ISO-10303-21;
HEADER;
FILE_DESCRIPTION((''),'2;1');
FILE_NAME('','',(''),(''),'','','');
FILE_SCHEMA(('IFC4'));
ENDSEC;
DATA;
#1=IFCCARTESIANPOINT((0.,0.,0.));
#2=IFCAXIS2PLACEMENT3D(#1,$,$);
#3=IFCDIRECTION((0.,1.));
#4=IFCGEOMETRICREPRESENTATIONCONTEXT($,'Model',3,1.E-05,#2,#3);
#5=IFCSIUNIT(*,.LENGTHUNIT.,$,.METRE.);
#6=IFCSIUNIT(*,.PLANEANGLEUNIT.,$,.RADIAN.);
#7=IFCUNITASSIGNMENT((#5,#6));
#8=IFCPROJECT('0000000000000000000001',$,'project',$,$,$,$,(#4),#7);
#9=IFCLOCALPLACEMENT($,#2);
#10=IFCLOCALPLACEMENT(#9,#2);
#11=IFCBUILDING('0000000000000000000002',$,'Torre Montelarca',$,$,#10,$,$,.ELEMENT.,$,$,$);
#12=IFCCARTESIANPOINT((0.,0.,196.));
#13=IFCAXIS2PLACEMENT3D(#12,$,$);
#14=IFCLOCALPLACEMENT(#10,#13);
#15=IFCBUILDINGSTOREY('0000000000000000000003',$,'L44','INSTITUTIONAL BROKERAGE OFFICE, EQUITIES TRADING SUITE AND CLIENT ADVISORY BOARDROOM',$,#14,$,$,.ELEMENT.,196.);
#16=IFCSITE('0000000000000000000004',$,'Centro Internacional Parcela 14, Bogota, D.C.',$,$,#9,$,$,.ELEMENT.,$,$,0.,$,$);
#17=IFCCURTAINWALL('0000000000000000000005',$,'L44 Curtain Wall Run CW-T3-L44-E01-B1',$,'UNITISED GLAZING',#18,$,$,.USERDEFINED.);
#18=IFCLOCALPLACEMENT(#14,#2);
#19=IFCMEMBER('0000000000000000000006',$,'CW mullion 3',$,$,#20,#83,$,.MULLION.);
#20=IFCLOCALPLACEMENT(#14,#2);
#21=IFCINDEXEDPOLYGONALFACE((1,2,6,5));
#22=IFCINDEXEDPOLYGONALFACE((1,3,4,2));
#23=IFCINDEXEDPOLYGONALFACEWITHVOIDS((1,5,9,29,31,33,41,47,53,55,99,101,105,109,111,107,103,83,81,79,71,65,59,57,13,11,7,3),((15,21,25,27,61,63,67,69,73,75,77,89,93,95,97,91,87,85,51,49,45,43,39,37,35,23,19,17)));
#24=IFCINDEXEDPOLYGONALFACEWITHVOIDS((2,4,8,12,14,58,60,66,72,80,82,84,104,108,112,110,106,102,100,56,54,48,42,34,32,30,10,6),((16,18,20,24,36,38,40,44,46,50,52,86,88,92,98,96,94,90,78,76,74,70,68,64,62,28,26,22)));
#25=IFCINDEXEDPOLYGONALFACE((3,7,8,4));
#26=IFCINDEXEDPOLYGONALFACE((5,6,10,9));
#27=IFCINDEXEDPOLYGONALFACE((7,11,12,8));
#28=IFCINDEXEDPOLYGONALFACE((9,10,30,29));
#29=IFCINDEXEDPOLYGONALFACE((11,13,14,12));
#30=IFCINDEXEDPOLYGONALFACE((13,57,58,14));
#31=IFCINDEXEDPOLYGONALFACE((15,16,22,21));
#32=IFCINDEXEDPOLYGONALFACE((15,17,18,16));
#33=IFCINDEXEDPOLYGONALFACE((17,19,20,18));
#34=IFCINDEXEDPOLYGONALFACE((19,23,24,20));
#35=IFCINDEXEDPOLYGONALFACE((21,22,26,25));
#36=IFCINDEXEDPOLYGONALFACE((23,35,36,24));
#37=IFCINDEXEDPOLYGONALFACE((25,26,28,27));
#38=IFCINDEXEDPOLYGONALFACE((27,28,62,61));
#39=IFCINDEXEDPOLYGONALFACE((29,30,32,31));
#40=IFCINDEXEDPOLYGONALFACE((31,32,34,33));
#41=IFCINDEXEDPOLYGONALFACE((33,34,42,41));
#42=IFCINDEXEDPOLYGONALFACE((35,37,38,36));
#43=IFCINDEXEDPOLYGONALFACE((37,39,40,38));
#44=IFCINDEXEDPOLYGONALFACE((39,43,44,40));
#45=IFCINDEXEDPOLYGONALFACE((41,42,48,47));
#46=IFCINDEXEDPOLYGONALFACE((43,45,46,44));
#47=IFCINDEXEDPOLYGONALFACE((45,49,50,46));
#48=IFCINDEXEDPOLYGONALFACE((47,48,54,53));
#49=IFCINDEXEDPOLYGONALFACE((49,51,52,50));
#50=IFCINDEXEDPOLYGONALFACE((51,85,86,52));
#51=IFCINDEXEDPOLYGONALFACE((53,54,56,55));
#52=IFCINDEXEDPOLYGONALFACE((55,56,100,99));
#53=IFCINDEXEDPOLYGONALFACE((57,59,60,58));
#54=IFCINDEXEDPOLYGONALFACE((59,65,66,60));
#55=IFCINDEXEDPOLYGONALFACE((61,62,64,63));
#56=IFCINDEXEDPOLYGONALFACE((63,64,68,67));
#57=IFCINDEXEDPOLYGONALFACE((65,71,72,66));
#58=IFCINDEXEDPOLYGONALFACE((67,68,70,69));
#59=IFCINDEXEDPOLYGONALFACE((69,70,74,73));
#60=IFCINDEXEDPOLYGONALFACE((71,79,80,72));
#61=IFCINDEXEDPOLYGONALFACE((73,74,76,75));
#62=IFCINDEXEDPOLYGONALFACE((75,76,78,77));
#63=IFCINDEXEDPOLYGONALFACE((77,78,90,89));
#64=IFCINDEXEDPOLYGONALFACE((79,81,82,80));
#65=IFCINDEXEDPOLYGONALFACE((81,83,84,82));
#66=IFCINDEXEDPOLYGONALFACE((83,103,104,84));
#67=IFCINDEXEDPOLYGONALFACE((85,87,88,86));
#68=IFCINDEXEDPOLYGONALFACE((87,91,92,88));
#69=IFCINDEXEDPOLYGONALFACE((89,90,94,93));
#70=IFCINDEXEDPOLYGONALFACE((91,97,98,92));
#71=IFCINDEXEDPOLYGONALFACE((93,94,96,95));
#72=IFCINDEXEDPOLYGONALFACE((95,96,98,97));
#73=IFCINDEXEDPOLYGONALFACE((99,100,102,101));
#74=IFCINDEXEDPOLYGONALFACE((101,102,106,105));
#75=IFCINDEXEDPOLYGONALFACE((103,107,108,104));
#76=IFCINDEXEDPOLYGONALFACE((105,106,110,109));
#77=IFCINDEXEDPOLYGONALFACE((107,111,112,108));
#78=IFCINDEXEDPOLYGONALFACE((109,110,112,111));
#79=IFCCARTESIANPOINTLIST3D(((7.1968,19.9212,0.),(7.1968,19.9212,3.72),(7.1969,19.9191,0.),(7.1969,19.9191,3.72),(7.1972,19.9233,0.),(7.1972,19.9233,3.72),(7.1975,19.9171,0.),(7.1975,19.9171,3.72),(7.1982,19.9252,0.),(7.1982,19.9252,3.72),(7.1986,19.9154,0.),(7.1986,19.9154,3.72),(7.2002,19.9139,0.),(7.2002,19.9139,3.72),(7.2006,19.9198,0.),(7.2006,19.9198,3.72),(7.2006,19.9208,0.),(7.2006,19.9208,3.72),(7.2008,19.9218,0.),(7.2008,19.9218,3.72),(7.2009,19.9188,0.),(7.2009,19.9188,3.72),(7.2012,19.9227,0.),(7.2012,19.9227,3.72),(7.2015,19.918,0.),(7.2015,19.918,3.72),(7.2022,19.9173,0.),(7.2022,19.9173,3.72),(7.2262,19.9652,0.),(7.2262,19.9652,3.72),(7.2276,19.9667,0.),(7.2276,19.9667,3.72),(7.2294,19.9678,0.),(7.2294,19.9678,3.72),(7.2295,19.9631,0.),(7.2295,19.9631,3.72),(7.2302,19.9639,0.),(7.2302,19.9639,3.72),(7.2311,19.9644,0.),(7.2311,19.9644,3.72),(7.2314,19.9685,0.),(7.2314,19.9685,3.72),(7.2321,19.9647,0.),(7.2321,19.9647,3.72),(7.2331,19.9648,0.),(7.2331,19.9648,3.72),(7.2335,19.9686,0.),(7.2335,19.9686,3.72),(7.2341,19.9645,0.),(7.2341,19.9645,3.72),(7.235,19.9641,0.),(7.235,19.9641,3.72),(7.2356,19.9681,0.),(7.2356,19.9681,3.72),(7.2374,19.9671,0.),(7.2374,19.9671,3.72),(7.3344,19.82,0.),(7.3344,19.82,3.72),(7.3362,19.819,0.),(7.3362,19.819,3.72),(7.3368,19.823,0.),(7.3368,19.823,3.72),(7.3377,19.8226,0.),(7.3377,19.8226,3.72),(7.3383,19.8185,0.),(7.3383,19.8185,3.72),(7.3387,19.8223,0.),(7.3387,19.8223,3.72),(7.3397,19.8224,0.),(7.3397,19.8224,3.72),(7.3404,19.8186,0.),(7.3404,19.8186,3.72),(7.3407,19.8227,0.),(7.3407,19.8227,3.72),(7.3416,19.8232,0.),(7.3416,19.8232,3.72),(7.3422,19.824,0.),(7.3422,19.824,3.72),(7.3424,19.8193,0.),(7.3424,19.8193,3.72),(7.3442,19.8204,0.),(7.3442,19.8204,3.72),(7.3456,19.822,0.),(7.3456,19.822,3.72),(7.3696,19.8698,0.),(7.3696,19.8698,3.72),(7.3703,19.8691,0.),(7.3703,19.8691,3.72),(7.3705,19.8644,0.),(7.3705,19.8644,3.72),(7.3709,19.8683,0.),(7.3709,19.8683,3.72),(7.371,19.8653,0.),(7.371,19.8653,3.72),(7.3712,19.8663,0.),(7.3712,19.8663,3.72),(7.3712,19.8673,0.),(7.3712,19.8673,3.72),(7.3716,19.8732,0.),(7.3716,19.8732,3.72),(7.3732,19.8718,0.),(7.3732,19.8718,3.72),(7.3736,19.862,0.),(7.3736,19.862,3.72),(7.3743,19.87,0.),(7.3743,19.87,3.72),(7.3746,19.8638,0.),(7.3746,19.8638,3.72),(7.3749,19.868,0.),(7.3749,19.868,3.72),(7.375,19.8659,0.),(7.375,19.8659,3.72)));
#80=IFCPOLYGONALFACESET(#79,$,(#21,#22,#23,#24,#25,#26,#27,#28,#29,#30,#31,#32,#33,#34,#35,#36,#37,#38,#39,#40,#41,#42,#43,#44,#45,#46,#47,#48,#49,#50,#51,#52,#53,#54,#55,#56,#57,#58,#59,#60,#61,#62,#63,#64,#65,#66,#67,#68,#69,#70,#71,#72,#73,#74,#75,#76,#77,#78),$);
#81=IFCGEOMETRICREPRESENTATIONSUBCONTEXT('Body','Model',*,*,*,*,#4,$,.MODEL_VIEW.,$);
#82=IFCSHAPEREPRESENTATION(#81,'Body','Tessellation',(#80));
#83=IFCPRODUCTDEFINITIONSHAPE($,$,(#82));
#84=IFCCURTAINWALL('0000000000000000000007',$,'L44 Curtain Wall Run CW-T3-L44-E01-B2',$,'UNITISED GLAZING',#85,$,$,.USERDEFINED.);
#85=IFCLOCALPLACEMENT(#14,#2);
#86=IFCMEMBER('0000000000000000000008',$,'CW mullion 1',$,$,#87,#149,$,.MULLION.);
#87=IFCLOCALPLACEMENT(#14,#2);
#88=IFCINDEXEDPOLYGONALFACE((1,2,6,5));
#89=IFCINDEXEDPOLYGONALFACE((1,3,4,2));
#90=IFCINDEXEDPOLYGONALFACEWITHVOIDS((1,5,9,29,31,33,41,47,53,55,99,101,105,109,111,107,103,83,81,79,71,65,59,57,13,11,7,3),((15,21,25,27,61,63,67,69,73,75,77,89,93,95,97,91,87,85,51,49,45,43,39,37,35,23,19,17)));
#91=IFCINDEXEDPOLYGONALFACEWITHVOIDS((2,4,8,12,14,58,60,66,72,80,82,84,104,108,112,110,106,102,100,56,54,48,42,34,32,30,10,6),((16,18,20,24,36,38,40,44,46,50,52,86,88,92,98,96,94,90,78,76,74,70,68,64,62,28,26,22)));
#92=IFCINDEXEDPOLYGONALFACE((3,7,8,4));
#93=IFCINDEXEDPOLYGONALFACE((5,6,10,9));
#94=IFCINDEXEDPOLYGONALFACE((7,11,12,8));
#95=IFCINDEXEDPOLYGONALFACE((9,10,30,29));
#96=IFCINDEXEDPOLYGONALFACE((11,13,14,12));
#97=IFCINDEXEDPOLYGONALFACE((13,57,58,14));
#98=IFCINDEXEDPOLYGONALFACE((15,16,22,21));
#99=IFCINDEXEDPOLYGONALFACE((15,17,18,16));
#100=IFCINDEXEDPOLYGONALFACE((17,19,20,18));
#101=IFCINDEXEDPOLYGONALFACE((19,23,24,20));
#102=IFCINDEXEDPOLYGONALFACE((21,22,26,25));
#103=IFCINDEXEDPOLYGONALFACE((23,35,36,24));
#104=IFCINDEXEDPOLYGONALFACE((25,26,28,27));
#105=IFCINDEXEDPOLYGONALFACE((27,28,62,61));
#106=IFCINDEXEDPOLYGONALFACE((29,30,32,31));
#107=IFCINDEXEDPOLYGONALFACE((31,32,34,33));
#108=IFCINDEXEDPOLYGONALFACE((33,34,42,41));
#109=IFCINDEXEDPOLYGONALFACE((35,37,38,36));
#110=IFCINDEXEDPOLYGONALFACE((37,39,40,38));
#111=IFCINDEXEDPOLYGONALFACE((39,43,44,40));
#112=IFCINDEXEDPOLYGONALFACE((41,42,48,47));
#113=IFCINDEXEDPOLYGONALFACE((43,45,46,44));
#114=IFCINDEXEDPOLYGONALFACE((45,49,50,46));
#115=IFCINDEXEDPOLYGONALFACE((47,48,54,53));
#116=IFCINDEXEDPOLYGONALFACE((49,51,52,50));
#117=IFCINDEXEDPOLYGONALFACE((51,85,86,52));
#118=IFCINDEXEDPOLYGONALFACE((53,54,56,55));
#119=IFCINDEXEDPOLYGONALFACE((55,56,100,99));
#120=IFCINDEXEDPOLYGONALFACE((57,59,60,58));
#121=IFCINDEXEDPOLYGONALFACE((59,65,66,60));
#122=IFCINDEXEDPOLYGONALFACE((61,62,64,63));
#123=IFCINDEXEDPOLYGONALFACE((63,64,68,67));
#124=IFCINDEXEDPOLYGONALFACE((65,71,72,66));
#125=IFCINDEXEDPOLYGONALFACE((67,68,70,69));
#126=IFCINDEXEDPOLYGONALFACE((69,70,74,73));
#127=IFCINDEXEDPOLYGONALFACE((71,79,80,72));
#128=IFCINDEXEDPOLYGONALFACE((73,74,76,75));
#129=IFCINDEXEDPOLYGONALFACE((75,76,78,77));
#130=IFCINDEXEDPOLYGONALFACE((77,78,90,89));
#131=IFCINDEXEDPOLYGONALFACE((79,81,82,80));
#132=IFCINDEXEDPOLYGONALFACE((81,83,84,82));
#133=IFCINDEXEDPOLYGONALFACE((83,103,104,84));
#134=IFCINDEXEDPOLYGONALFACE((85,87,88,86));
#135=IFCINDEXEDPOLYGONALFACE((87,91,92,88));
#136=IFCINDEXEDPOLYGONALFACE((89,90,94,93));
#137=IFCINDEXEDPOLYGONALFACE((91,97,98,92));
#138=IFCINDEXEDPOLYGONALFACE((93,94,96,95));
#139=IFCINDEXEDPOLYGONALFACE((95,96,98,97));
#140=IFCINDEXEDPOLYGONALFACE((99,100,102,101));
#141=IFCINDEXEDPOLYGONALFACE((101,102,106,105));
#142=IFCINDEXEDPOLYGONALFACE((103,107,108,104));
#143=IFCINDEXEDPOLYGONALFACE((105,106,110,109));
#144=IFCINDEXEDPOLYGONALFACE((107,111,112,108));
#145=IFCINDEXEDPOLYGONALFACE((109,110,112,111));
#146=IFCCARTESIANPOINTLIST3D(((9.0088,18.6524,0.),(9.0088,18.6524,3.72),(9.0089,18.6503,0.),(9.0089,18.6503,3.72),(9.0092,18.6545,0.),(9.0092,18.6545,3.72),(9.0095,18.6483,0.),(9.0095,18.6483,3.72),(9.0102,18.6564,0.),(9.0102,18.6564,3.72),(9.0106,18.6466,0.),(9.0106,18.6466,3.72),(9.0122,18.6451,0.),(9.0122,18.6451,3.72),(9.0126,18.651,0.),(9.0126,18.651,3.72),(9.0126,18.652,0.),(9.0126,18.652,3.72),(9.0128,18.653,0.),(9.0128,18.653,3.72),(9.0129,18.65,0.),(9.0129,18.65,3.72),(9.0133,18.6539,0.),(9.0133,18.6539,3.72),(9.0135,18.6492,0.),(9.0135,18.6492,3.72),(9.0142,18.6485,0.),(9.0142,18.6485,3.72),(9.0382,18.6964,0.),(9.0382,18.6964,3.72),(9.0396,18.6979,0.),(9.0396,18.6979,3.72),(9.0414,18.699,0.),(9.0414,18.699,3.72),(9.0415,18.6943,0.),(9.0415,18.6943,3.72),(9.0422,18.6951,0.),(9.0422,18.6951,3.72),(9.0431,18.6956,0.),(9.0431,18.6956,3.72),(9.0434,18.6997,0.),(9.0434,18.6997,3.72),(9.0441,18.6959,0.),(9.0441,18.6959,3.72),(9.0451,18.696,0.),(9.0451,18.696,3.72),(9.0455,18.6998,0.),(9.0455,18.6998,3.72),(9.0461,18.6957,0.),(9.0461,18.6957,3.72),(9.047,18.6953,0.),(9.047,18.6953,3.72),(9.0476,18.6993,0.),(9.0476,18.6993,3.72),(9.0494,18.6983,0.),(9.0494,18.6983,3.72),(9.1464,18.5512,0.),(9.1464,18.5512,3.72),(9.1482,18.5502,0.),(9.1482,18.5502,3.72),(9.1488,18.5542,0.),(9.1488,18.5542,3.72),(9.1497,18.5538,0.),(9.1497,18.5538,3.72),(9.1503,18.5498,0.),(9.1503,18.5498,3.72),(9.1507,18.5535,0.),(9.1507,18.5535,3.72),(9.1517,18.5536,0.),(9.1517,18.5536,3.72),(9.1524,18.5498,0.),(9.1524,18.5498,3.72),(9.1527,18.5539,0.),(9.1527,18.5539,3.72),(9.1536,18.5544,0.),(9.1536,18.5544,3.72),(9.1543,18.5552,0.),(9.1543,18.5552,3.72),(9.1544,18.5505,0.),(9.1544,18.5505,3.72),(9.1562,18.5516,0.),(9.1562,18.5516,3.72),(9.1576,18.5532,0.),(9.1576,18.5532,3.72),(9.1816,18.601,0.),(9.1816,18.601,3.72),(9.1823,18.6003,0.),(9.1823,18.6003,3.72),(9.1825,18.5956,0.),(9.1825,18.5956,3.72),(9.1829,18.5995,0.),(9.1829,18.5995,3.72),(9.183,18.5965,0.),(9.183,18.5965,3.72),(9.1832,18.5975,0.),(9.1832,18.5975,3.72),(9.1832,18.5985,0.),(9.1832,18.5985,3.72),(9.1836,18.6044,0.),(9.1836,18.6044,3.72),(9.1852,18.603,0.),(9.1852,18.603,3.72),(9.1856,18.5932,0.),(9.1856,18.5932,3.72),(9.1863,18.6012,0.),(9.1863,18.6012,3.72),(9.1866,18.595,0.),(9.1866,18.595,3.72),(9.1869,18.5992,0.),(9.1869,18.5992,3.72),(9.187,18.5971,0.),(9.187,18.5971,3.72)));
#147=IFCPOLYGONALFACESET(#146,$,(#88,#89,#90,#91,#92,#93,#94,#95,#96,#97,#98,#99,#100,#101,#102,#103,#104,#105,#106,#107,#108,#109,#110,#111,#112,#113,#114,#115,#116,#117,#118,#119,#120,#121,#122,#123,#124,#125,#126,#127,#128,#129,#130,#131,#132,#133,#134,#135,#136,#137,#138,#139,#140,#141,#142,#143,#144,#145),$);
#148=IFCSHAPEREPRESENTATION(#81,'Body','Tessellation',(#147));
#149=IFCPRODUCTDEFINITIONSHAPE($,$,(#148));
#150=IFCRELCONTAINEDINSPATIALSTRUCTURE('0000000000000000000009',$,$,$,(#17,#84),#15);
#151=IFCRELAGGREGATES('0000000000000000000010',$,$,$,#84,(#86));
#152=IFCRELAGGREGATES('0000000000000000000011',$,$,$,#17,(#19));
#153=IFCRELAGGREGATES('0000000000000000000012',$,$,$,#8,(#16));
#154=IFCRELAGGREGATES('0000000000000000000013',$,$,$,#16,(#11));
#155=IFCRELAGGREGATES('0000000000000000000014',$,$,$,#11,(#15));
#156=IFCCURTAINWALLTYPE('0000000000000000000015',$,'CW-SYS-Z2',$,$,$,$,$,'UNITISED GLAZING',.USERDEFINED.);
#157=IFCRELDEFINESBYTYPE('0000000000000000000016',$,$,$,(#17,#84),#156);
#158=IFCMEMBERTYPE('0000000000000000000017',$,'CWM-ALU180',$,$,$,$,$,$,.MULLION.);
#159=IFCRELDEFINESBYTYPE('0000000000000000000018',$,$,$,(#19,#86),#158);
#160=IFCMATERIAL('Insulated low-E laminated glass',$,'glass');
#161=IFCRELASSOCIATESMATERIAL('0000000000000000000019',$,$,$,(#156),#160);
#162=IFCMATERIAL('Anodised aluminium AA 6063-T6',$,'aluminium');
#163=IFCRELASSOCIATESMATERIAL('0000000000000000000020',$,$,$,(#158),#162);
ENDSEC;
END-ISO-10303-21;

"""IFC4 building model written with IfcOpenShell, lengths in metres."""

from ifc_helpers import new_model, si_unit, direction, frame, origin, origin_2d, place, context, subcontext, project, spatial, hollow_rectangle, extrude, source, transform, mapped, material, material_profile, profile_set, type_object, element, aggregate, save


model = new_model("IFC4")

# Units and contexts
model_context = context("Model", 3, precision=1e-05, world=origin(), true_north=direction((0.0, 1.0)))
body_context = subcontext(model_context, "Body", "Model", "MODEL_VIEW")
ifc_project = project(units=[si_unit("LENGTHUNIT", "METRE"), si_unit("PLANEANGLEUNIT", "RADIAN")], contexts=[model_context])

# Site, building, storey
site_placement = place(None, origin())
site = spatial("IfcSite", under=ifc_project, at=site_placement, Name="Centro Internacional Parcela 14, Bogota, D.C.", CompositionType="ELEMENT", RefElevation=0.0)
building_placement = place(site_placement, origin())
building = spatial("IfcBuilding", under=site, at=building_placement, Name="Torre Montelarca", CompositionType="ELEMENT")
storey_placement = place(building_placement, frame((0.0, 0.0, 196.0)))
storey = spatial("IfcBuildingStorey", under=building, at=storey_placement, Name="L44", Description="INSTITUTIONAL BROKERAGE OFFICE, EQUITIES TRADING SUITE AND CLIENT ADVISORY BOARDROOM", CompositionType="ELEMENT", Elevation=196.0)

# Curtain wall, member
ifc_material_1 = material(Name="Insulated low-E laminated glass", Category="glass")
curtain_wall_type = type_object("IfcCurtainWallType", Name="CW-SYS-Z2", ElementType="UNITISED GLAZING", PredefinedType="USERDEFINED", material=ifc_material_1)
curtain_wall_1_placement = place(storey_placement, origin())
curtain_wall_1 = element("IfcCurtainWall", 1, at=curtain_wall_1_placement, inside=storey, type_object=curtain_wall_type, Name="L44 Curtain Wall Run CW-T3-L44-E01-B1", ObjectType="UNITISED GLAZING", PredefinedType="USERDEFINED")
ifc_material_2 = material(Name="Anodised aluminium AA 6063-T6", Category="aluminium")
ifc_material_profile_1 = material_profile(ifc_material_2, hollow_rectangle(XDim=0.0649, YDim=0.1799, WallThickness=0.0039, InnerFilletRadius=0.0039, OuterFilletRadius=0.0081, at=origin_2d()), Name="ALU65X180X4", Category="aluminium")
ifc_profile_set_1 = profile_set([ifc_material_profile_1], Name="Anodised aluminium AA 6063-T6")
member_type_1 = type_object("IfcMemberType", Name="CWM-ALU180", PredefinedType="MULLION", material=ifc_profile_set_1)
shared_shape_1 = source(origin(), body_context, "Body", "SweptSolid", [
    extrude(hollow_rectangle(XDim=0.0649, YDim=0.1799, WallThickness=0.0039, InnerFilletRadius=0.0039, OuterFilletRadius=0.0081, at=origin_2d()), origin(), (0.0, 0.0, 1.0), 3.72),
])
member_1_placement = place(storey_placement, frame((7.2859, 19.8936, 0.0), z_axis=(0.0, 0.0, 1.0), x_axis=(0.573568, 0.819158, 0.0)))
member_1 = element("IfcMember", 2, at=member_1_placement, type_object=member_type_1, Name="CW mullion 3", PredefinedType="MULLION", context=body_context, shape_type="MappedRepresentation", body=[
    mapped(shared_shape_1, transform((0.0, 0.0, 0.0), scale=1.0)),
])

# Curtain wall, member
curtain_wall_2_placement = place(storey_placement, origin())
curtain_wall_2 = element("IfcCurtainWall", 3, at=curtain_wall_2_placement, inside=storey, type_object=curtain_wall_type, Name="L44 Curtain Wall Run CW-T3-L44-E01-B2", ObjectType="UNITISED GLAZING", PredefinedType="USERDEFINED")
member_2_placement = place(storey_placement, frame((9.0979, 18.6248, 0.0), z_axis=(0.0, 0.0, 1.0), x_axis=(0.573571, 0.819156, 0.0)))
member_2 = element("IfcMember", 4, at=member_2_placement, type_object=member_type_1, Name="CW mullion 1", PredefinedType="MULLION", context=body_context, shape_type="MappedRepresentation", body=[
    mapped(shared_shape_1, transform((0.0, 0.0, 0.0), scale=1.0)),
])

aggregate(curtain_wall_2, [member_2])

aggregate(curtain_wall_1, [member_1])

save(model, "model.ifc")
